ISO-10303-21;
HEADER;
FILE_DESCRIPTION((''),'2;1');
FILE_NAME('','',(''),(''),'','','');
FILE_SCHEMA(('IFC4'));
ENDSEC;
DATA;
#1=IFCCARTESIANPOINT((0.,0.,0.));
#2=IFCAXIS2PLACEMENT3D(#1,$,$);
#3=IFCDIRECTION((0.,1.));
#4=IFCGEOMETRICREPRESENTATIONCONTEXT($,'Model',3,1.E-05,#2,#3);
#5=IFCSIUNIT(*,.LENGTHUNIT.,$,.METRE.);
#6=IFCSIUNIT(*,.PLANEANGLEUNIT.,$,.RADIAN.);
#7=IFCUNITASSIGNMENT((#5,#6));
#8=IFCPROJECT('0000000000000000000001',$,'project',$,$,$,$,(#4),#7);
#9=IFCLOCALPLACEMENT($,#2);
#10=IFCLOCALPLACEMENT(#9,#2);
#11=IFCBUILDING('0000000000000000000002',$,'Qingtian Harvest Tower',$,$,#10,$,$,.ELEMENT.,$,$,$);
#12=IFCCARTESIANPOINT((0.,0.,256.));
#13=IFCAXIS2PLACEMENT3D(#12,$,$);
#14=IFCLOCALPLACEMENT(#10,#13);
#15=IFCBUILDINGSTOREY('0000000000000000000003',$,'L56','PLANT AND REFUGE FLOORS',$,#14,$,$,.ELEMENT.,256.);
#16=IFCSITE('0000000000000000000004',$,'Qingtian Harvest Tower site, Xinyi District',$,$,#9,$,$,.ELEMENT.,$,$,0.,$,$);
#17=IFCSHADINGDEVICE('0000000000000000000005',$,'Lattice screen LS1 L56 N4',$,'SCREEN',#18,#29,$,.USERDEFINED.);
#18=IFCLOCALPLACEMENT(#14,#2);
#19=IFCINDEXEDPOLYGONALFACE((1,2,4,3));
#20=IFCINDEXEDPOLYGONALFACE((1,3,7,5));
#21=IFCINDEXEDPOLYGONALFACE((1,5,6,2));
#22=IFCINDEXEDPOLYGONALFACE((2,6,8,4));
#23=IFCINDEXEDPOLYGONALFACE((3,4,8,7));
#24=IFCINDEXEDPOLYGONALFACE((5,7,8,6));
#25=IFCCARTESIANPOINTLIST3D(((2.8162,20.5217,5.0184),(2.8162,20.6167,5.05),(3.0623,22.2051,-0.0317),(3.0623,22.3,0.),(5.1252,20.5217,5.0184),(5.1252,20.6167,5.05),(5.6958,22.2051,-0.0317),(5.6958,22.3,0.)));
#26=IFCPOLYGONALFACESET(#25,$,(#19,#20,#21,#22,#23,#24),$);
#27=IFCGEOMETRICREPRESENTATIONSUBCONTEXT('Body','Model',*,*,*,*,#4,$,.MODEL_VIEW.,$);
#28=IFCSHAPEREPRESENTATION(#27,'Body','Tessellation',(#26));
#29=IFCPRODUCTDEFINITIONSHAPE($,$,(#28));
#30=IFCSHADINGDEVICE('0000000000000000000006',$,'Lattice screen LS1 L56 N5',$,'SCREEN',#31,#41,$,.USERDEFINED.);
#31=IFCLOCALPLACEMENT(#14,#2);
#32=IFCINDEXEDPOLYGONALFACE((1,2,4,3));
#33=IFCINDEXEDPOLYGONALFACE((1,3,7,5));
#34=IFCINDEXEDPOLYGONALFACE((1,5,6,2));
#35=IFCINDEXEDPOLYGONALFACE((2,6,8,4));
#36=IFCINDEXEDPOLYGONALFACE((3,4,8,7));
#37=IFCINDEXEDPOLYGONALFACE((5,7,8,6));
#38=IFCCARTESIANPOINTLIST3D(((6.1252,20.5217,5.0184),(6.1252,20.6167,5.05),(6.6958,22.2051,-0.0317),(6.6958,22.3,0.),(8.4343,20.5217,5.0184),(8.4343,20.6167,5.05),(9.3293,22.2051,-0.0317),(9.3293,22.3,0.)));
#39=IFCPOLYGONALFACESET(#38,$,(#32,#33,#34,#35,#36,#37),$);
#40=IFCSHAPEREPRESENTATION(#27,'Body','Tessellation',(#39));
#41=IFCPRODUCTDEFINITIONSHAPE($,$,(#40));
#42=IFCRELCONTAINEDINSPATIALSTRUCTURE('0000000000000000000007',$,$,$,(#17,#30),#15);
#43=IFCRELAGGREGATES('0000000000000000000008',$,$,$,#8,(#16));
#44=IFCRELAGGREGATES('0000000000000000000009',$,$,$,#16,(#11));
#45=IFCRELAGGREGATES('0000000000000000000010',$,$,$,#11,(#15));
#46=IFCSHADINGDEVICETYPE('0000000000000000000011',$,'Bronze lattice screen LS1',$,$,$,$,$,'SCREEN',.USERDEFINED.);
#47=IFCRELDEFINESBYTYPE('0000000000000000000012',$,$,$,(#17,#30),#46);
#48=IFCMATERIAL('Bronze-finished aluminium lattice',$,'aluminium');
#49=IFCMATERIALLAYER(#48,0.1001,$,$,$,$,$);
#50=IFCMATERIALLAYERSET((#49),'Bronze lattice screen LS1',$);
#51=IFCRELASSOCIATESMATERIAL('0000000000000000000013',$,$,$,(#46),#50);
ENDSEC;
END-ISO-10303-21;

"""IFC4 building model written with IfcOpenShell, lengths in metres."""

from ifc_helpers import new_model, si_unit, direction, frame, origin, place, context, subcontext, project, spatial, polyline, outline, extrude, material, layer, layer_set, type_object, element, save


model = new_model("IFC4")

# Units and contexts
model_context = context("Model", 3, precision=1e-05, world=origin(), true_north=direction((0.0, 1.0)))
body_context = subcontext(model_context, "Body", "Model", "MODEL_VIEW")
ifc_project = project(units=[si_unit("LENGTHUNIT", "METRE"), si_unit("PLANEANGLEUNIT", "RADIAN")], contexts=[model_context])

# Site, building, storey
site_placement = place(None, origin())
site = spatial("IfcSite", under=ifc_project, at=site_placement, Name="Qingtian Harvest Tower site, Xinyi District", CompositionType="ELEMENT", RefElevation=0.0)
building_placement = place(site_placement, origin())
building = spatial("IfcBuilding", under=site, at=building_placement, Name="Qingtian Harvest Tower", CompositionType="ELEMENT")
storey_placement = place(building_placement, frame((0.0, 0.0, 256.0)))
storey = spatial("IfcBuildingStorey", under=building, at=storey_placement, Name="L56", Description="PLANT AND REFUGE FLOORS", CompositionType="ELEMENT", Elevation=256.0)

# Shading devices
ifc_material_1 = material(Name="Bronze-finished aluminium lattice", Category="aluminium")
ifc_layer_1 = layer(ifc_material_1, 0.1001)
ifc_layer_set_1 = layer_set([ifc_layer_1], Name="Bronze lattice screen LS1")
shading_device_type = type_object("IfcShadingDeviceType", Name="Bronze lattice screen LS1", ElementType="SCREEN", PredefinedType="USERDEFINED", material=ifc_layer_set_1)
shading_device_1_placement = place(storey_placement, frame((3.0623, 22.3, 0.0), z_axis=(0.0, 0.948683, 0.316228), x_axis=(1.0, 0.0, 0.0)))
element("IfcShadingDevice", 1, at=shading_device_1_placement, inside=storey, type_object=shading_device_type, Name="Lattice screen LS1 L56 N4", ObjectType="SCREEN", PredefinedType="USERDEFINED", context=body_context, shape_type="SweptSolid", body=[
    extrude(outline(polyline([(0.0, 0.0), (2.6335, 0.0), (2.063, -5.3232), (-0.2461, -5.3232), (0.0, 0.0)])), origin(), (0.0, 0.0, -1.0), 0.1001),
])
shading_device_2_placement = place(storey_placement, frame((6.6958, 22.3, 0.0), z_axis=(0.0, 0.948683, 0.316228), x_axis=(1.0, 0.0, 0.0)))
element("IfcShadingDevice", 2, at=shading_device_2_placement, inside=storey, type_object=shading_device_type, Name="Lattice screen LS1 L56 N5", ObjectType="SCREEN", PredefinedType="USERDEFINED", context=body_context, shape_type="SweptSolid", body=[
    extrude(outline(polyline([(0.0, 0.0), (2.6335, 0.0), (1.7385, -5.3232), (-0.5706, -5.3232), (0.0, 0.0)])), origin(), (0.0, 0.0, -1.0), 0.1001),
])

save(model, "model.ifc")
